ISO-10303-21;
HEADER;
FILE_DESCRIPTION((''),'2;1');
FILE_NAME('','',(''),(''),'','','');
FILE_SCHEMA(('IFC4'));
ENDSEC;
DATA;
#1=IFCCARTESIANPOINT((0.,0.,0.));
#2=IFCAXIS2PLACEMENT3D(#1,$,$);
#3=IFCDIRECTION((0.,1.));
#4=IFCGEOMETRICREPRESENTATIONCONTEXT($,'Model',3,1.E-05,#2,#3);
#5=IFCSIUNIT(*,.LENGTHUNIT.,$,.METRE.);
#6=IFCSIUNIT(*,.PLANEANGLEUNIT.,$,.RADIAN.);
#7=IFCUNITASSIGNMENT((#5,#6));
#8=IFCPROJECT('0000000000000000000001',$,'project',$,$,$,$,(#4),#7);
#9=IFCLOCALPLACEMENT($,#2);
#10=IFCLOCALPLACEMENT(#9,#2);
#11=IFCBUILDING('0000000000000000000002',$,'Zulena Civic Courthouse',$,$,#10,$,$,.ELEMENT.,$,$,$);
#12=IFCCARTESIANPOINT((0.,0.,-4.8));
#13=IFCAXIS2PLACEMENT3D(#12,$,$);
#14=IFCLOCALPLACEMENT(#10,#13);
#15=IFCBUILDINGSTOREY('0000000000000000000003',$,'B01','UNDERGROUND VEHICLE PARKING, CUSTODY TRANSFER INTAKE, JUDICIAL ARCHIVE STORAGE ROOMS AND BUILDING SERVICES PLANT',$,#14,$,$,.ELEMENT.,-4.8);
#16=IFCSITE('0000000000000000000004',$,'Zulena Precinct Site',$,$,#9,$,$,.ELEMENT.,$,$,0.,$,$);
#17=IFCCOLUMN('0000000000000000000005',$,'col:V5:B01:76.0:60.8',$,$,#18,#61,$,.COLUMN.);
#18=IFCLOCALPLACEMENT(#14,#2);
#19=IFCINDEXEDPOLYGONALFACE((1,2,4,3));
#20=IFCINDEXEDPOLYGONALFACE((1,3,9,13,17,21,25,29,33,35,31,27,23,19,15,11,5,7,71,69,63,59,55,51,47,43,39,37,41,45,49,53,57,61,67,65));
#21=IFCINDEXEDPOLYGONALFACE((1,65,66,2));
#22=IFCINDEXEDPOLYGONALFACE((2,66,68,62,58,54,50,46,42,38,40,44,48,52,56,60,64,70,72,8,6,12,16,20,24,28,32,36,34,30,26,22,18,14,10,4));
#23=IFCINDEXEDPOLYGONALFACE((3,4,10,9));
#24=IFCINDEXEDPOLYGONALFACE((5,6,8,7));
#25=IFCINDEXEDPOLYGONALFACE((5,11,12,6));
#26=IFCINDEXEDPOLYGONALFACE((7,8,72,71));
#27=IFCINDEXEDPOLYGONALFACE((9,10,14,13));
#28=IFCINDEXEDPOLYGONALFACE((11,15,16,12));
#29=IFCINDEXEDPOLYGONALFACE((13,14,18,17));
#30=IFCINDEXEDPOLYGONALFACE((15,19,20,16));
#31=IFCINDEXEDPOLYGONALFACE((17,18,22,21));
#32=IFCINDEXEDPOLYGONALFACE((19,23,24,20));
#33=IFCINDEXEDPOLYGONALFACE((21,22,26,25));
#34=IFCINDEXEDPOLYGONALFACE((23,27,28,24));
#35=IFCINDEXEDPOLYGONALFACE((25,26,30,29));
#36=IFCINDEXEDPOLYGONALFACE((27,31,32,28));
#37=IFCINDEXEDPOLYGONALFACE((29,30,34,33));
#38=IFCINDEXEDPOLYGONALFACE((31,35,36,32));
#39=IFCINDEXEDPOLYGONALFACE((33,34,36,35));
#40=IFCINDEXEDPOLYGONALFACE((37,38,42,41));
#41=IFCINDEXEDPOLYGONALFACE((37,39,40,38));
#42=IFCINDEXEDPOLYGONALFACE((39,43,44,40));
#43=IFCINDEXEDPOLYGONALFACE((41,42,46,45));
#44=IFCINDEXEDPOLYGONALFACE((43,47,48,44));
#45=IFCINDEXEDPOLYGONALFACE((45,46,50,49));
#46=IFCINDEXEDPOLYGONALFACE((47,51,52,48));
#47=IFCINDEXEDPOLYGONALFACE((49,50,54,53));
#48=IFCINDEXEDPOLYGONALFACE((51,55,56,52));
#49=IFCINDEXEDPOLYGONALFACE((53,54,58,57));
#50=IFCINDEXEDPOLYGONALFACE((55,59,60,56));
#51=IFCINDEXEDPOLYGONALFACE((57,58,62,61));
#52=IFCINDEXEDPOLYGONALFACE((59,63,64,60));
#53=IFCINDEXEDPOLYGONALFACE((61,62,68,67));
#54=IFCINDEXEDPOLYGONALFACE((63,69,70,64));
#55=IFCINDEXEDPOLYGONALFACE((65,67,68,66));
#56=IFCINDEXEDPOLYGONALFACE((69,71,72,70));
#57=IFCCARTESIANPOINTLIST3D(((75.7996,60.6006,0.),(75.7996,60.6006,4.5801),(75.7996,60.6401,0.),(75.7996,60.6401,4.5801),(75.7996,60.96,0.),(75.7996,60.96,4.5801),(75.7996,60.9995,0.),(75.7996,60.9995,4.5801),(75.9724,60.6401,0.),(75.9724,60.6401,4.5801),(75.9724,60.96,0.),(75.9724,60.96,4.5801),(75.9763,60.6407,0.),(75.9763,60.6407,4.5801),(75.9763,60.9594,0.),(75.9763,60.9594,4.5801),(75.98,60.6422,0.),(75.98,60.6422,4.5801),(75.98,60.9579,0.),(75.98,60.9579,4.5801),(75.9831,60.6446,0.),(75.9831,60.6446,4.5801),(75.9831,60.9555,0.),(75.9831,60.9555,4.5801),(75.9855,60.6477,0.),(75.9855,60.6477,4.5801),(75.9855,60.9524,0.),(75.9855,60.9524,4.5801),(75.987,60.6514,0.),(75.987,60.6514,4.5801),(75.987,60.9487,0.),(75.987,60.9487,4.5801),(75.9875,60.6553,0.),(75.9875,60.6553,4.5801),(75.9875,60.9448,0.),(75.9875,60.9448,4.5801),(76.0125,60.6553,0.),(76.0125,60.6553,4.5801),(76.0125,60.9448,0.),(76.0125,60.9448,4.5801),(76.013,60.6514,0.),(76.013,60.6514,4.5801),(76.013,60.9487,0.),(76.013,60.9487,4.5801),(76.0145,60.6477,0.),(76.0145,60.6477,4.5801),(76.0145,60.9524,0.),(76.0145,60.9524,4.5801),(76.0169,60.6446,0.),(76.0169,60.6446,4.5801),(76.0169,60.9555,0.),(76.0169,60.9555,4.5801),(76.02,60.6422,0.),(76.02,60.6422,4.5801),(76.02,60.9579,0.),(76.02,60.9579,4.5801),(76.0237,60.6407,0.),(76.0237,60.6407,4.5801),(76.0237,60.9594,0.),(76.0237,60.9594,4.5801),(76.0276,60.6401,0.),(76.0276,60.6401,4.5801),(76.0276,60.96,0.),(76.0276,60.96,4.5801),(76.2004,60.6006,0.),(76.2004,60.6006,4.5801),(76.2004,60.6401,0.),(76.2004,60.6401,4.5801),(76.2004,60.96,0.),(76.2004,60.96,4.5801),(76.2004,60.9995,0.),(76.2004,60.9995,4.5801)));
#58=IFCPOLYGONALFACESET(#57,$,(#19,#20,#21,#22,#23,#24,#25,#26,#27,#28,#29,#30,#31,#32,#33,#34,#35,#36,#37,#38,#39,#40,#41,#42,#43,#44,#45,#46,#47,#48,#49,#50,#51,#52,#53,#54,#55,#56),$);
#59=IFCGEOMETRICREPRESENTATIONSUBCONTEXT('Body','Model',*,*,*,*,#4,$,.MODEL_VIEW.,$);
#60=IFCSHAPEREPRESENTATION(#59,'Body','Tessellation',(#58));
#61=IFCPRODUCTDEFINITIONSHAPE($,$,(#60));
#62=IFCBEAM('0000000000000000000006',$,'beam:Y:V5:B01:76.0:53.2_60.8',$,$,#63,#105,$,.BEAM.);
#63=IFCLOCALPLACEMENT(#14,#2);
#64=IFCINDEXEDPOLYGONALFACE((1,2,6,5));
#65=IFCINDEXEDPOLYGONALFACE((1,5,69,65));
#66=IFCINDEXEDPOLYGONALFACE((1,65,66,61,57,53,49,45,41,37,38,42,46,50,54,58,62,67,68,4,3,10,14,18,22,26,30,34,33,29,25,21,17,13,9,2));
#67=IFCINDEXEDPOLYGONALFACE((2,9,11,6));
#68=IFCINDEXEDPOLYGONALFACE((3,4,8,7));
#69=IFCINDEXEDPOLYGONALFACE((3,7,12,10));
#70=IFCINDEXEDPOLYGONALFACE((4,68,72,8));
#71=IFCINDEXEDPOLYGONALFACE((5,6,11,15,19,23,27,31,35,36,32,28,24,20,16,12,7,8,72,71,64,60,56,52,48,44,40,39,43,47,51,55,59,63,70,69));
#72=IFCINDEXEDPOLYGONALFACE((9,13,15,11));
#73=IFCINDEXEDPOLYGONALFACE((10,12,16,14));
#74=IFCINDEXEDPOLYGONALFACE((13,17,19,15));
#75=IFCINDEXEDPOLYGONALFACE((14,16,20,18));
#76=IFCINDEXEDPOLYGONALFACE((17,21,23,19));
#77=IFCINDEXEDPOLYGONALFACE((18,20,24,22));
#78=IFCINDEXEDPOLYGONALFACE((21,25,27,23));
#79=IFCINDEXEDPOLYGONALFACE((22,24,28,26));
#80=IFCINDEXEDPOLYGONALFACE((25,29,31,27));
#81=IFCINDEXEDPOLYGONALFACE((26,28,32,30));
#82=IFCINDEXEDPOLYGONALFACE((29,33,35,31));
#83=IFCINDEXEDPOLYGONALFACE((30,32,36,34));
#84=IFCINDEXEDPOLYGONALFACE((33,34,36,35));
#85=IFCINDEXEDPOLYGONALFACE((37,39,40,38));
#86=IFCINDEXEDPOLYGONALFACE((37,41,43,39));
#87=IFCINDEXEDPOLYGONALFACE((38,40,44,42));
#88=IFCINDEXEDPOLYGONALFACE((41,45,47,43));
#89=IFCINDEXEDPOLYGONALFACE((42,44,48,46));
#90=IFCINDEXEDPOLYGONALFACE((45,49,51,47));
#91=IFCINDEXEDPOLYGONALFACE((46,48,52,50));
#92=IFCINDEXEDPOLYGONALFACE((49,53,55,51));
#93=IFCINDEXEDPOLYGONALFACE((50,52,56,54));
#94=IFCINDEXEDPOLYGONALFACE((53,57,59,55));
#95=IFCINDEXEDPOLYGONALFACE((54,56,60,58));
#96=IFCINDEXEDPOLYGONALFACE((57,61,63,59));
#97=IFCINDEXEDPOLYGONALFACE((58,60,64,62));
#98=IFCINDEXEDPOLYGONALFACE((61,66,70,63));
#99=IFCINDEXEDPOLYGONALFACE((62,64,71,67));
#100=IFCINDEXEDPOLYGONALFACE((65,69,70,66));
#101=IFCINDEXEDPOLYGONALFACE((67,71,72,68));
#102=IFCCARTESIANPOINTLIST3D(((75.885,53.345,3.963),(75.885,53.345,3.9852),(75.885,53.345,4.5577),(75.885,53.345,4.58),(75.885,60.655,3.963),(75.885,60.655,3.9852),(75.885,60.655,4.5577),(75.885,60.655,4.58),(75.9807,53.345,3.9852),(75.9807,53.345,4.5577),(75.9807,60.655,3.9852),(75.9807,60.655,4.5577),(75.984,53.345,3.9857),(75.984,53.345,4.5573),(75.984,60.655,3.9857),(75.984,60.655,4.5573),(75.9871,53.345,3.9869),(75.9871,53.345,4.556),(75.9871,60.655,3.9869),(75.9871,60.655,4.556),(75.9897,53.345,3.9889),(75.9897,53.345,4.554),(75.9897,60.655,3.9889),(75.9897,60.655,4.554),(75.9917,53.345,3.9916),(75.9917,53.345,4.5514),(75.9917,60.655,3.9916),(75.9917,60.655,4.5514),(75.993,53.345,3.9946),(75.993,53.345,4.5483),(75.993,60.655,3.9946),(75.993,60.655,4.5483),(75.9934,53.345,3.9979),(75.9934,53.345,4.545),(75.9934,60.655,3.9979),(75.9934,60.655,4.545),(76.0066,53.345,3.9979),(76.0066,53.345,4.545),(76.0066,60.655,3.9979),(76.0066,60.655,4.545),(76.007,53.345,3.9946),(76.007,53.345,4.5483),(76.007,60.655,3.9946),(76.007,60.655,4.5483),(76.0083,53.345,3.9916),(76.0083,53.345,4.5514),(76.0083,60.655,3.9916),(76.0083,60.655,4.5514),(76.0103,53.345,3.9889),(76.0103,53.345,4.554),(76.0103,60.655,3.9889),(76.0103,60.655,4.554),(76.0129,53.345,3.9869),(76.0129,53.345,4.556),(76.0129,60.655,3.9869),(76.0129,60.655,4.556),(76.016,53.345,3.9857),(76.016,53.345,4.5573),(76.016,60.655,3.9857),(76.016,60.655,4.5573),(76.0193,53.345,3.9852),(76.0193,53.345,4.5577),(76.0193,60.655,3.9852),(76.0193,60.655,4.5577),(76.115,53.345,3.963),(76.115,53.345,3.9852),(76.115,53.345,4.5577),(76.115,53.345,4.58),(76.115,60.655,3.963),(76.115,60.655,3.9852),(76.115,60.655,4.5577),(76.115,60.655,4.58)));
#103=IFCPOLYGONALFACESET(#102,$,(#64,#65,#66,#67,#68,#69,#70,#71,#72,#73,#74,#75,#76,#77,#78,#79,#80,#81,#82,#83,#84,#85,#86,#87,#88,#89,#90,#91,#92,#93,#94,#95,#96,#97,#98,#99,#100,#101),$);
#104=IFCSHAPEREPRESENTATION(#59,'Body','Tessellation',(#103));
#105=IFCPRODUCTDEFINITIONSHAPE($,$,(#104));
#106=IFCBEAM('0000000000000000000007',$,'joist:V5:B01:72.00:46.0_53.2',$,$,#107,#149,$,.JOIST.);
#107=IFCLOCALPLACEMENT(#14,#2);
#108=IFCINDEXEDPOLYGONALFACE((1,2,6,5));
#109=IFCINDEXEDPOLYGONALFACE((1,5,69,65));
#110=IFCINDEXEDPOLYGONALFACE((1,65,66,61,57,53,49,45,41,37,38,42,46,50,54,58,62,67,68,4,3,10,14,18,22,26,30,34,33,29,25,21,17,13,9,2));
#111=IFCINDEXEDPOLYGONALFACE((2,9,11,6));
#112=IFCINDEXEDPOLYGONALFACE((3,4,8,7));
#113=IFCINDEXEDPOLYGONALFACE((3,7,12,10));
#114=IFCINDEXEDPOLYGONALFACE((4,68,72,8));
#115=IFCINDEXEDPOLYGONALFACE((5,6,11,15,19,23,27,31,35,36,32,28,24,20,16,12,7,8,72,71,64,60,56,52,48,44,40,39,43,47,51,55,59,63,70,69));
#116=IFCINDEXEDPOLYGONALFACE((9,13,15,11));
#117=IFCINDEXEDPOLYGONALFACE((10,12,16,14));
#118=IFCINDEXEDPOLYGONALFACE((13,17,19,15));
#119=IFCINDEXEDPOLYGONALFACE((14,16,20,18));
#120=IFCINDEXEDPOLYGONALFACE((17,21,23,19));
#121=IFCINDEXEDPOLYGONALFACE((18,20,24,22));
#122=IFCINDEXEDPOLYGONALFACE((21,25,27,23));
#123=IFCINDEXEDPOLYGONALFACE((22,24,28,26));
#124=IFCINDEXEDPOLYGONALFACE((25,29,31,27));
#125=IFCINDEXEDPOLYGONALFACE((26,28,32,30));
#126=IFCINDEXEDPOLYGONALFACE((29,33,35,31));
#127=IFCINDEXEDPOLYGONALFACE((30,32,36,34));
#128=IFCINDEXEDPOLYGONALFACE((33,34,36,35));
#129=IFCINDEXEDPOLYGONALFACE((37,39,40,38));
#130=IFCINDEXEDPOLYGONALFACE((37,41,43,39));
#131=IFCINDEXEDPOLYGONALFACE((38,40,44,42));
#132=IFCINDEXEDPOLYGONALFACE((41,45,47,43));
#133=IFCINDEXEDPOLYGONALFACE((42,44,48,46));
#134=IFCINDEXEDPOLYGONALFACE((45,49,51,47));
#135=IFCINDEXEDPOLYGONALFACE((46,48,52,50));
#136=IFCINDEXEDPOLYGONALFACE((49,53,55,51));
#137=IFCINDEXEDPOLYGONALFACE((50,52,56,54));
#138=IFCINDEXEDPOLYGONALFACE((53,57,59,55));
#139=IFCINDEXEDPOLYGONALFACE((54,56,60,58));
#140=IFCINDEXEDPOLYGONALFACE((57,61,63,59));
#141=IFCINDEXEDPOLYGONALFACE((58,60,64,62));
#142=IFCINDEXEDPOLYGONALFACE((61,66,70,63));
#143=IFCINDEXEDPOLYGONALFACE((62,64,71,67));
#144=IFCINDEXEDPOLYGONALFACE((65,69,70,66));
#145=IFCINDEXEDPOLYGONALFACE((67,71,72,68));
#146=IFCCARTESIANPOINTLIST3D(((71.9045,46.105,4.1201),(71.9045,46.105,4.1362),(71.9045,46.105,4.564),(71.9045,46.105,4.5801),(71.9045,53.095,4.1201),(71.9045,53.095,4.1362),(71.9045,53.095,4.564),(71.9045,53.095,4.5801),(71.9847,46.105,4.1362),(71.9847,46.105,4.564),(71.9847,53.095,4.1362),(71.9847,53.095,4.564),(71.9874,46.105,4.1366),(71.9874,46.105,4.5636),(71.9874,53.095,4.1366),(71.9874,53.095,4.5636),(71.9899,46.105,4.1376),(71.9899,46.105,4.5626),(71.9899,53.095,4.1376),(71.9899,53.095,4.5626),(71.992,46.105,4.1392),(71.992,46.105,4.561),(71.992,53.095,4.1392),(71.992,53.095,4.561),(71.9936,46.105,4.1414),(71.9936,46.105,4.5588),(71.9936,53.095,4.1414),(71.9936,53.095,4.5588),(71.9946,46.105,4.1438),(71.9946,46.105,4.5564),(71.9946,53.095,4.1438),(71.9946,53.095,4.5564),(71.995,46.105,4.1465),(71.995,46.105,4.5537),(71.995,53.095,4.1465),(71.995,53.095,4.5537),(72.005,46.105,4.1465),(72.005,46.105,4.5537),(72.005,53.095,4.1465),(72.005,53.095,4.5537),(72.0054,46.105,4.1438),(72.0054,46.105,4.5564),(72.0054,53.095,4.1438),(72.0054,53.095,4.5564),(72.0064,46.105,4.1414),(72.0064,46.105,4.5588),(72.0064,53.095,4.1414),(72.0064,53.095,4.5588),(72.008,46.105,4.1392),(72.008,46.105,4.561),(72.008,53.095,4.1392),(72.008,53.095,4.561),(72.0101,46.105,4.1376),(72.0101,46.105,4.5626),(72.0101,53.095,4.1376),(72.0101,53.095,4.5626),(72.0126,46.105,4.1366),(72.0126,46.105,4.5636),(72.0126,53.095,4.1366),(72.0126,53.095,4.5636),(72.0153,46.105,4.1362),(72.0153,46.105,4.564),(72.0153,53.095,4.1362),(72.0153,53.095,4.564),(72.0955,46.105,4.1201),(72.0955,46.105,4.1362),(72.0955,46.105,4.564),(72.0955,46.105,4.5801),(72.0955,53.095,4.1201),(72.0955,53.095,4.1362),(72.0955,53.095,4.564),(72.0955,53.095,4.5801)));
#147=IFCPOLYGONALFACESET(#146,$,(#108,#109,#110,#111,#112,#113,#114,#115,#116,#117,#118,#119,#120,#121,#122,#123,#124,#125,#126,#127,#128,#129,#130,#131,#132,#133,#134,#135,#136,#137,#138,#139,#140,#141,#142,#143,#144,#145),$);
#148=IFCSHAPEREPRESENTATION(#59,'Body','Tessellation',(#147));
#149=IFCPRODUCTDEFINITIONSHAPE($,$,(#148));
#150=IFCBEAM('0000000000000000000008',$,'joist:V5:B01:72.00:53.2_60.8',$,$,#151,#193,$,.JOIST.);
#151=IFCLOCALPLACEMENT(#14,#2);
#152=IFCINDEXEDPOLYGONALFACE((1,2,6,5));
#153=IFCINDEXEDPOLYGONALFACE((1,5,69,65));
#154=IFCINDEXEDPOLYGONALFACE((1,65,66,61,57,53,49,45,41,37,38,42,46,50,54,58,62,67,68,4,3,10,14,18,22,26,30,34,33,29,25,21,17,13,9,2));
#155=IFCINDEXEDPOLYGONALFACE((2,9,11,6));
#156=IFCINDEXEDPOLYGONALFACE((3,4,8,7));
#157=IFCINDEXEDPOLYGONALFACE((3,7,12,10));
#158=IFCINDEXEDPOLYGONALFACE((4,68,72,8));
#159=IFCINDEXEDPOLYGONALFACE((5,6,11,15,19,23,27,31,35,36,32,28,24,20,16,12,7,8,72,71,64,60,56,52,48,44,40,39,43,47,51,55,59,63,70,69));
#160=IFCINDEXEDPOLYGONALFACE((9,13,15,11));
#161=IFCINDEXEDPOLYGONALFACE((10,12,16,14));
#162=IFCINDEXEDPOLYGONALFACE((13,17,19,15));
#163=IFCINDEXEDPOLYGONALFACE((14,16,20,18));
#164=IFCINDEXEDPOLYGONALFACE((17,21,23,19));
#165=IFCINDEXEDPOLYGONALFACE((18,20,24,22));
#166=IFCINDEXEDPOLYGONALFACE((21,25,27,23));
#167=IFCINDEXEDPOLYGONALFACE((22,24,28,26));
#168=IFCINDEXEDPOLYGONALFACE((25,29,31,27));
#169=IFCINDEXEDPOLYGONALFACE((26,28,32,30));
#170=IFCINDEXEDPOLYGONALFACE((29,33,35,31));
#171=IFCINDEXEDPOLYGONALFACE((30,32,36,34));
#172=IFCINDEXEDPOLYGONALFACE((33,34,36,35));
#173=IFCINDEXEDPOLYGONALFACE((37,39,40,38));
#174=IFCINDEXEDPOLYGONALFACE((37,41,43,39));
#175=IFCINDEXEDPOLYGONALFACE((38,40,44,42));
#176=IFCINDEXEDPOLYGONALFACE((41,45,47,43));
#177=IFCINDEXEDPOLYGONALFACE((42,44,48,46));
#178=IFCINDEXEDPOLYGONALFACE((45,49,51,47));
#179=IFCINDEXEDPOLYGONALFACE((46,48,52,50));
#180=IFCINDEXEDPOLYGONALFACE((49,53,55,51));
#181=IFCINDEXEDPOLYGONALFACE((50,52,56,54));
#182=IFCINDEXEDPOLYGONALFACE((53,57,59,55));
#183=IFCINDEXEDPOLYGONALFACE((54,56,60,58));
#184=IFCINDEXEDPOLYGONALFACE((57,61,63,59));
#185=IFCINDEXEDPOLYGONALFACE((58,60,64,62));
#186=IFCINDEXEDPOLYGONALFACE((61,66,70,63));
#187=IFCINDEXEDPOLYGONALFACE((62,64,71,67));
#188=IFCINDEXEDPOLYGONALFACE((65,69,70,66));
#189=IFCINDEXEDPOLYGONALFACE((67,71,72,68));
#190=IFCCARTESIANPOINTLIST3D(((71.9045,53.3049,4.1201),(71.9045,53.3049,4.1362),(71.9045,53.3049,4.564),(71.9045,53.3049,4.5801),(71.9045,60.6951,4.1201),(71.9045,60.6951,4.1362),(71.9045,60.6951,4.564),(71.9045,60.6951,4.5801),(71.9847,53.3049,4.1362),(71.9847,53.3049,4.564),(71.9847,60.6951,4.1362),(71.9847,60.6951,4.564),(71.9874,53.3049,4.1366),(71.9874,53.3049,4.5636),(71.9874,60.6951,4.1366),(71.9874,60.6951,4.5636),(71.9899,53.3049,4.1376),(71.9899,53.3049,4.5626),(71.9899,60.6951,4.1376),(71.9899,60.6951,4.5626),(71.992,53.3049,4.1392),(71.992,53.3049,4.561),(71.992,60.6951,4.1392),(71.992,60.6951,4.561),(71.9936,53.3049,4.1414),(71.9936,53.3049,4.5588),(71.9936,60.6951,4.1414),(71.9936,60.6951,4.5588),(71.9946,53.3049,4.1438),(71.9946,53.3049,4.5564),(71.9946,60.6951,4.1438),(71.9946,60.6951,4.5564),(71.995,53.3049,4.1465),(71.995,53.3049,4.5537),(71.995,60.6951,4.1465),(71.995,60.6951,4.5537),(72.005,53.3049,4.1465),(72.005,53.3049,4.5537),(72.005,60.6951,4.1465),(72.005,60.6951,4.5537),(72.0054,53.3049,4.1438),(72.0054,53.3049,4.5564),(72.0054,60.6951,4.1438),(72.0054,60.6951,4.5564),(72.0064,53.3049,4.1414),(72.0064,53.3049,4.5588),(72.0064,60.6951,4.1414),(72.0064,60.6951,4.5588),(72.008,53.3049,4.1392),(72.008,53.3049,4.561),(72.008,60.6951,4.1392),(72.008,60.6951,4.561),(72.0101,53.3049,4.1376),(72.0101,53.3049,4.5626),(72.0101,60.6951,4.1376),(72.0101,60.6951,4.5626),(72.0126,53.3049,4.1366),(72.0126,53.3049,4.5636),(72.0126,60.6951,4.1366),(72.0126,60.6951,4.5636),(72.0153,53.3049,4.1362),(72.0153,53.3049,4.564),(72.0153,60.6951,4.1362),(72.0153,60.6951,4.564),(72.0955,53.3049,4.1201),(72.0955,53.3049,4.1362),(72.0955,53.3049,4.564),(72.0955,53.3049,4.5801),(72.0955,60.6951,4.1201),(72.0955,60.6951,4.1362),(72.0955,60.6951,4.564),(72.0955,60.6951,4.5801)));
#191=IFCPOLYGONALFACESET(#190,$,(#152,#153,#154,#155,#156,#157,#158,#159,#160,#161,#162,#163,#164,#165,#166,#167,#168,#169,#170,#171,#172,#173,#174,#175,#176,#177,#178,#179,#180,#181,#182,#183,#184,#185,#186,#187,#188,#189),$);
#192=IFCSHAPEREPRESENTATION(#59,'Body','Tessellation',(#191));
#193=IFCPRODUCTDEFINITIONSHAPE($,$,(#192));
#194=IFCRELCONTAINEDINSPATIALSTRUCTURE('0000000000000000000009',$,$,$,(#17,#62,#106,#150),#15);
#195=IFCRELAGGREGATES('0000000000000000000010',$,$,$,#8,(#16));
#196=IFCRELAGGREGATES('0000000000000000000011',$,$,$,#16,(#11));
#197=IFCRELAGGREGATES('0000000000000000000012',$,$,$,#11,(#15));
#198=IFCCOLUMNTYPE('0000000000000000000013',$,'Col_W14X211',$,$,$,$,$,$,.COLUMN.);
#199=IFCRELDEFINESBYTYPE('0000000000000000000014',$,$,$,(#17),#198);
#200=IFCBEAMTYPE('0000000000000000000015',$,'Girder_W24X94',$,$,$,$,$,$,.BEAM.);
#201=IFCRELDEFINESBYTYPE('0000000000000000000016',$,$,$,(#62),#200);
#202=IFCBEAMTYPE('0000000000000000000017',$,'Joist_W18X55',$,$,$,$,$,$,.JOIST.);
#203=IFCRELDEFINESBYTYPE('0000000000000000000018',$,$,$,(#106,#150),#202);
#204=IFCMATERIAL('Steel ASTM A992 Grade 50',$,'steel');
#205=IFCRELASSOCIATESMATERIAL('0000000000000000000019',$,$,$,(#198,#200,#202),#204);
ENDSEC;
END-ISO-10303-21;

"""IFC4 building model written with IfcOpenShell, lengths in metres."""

from ifc_helpers import new_model, si_unit, direction, frame, origin, origin_2d, place, context, subcontext, project, spatial, i_section, extrude, material, material_profile, profile_set, type_object, element, save


model = new_model("IFC4")

# Units and contexts
model_context = context("Model", 3, precision=1e-05, world=origin(), true_north=direction((0.0, 1.0)))
body_context = subcontext(model_context, "Body", "Model", "MODEL_VIEW")
ifc_project = project(units=[si_unit("LENGTHUNIT", "METRE"), si_unit("PLANEANGLEUNIT", "RADIAN")], contexts=[model_context])

# Site, building, storey
site_placement = place(None, origin())
site = spatial("IfcSite", under=ifc_project, at=site_placement, Name="Zulena Precinct Site", CompositionType="ELEMENT", RefElevation=0.0)
building_placement = place(site_placement, origin())
building = spatial("IfcBuilding", under=site, at=building_placement, Name="Zulena Civic Courthouse", CompositionType="ELEMENT")
storey_placement = place(building_placement, frame((0.0, 0.0, -4.8)))
storey = spatial("IfcBuildingStorey", under=building, at=storey_placement, Name="B01", Description="UNDERGROUND VEHICLE PARKING, CUSTODY TRANSFER INTAKE, JUDICIAL ARCHIVE STORAGE ROOMS AND BUILDING SERVICES PLANT", CompositionType="ELEMENT", Elevation=-4.8)

# Column
ifc_material_1 = material(Name="Steel ASTM A992 Grade 50", Category="steel")
ifc_material_profile_1 = material_profile(ifc_material_1, i_section(OverallWidth=0.4009, OverallDepth=0.3989, WebThickness=0.0249, FlangeThickness=0.0396, FilletRadius=0.0151, at=origin_2d()), Name="W14X211")
ifc_profile_set_1 = profile_set([ifc_material_profile_1], Name="Steel ASTM A992 Grade 50")
column_type_1 = type_object("IfcColumnType", Name="Col_W14X211", PredefinedType="COLUMN", material=ifc_profile_set_1)
for number, where, z_axis, x_axis, name in (
    (1, (76.0, 60.8, 0.0), (0.0, 0.0, 1.0), (1.0, 0.0, 0.0), "col:V5:B01:76.0:60.8"),
):
    element("IfcColumn", number, at=place(storey_placement, frame(where, z_axis=z_axis, x_axis=x_axis)), inside=storey, type_object=column_type_1, Name=name, PredefinedType="COLUMN", context=body_context, shape_type="SweptSolid", body=[
        extrude(i_section(OverallWidth=0.4009, OverallDepth=0.3989, WebThickness=0.0249, FlangeThickness=0.0396, FilletRadius=0.0151, at=origin_2d()), origin(), (0.0, 0.0, 1.0), 4.5801),
    ])

# Beams
ifc_material_profile_2 = material_profile(ifc_material_1, i_section(OverallWidth=0.23, OverallDepth=0.6169, WebThickness=0.0132, FlangeThickness=0.0222, FilletRadius=0.0127, at=origin_2d()), Name="W24X94")
ifc_profile_set_2 = profile_set([ifc_material_profile_2], Name="Steel ASTM A992 Grade 50")
beam_type_1 = type_object("IfcBeamType", Name="Girder_W24X94", PredefinedType="BEAM", material=ifc_profile_set_2)
beam_1_placement = place(storey_placement, frame((76.0, 53.345, 4.2715), z_axis=(0.0, 1.0, 0.0), x_axis=(-1.0, 0.0, 0.0)))
element("IfcBeam", 2, at=beam_1_placement, inside=storey, type_object=beam_type_1, Name="beam:Y:V5:B01:76.0:53.2_60.8", PredefinedType="BEAM", context=body_context, shape_type="SweptSolid", body=[
    extrude(i_section(OverallWidth=0.23, OverallDepth=0.6169, WebThickness=0.0132, FlangeThickness=0.0222, FilletRadius=0.0127, at=origin_2d()), origin(), (0.0, 0.0, 1.0), 7.3101),
])
ifc_material_profile_3 = material_profile(ifc_material_1, i_section(OverallWidth=0.1909, OverallDepth=0.46, WebThickness=0.01, FlangeThickness=0.0161, FilletRadius=0.0103, at=origin_2d()), Name="W18X55")
ifc_profile_set_3 = profile_set([ifc_material_profile_3], Name="Steel ASTM A992 Grade 50")
beam_type_2 = type_object("IfcBeamType", Name="Joist_W18X55", PredefinedType="JOIST", material=ifc_profile_set_3)
beam_2_placement = place(storey_placement, frame((72.0, 46.105, 4.3501), z_axis=(0.0, 1.0, 0.0), x_axis=(-1.0, 0.0, 0.0)))
element("IfcBeam", 3, at=beam_2_placement, inside=storey, type_object=beam_type_2, Name="joist:V5:B01:72.00:46.0_53.2", PredefinedType="JOIST", context=body_context, shape_type="SweptSolid", body=[
    extrude(i_section(OverallWidth=0.1909, OverallDepth=0.46, WebThickness=0.01, FlangeThickness=0.0161, FilletRadius=0.0103, at=origin_2d()), origin(), (0.0, 0.0, 1.0), 6.99),
])
beam_3_placement = place(storey_placement, frame((72.0, 53.3049, 4.3501), z_axis=(0.0, 1.0, 0.0), x_axis=(-1.0, 0.0, 0.0)))
element("IfcBeam", 4, at=beam_3_placement, inside=storey, type_object=beam_type_2, Name="joist:V5:B01:72.00:53.2_60.8", PredefinedType="JOIST", context=body_context, shape_type="SweptSolid", body=[
    extrude(i_section(OverallWidth=0.1909, OverallDepth=0.46, WebThickness=0.01, FlangeThickness=0.0161, FilletRadius=0.0103, at=origin_2d()), origin(), (0.0, 0.0, 1.0), 7.3901),
])

save(model, "model.ifc")
